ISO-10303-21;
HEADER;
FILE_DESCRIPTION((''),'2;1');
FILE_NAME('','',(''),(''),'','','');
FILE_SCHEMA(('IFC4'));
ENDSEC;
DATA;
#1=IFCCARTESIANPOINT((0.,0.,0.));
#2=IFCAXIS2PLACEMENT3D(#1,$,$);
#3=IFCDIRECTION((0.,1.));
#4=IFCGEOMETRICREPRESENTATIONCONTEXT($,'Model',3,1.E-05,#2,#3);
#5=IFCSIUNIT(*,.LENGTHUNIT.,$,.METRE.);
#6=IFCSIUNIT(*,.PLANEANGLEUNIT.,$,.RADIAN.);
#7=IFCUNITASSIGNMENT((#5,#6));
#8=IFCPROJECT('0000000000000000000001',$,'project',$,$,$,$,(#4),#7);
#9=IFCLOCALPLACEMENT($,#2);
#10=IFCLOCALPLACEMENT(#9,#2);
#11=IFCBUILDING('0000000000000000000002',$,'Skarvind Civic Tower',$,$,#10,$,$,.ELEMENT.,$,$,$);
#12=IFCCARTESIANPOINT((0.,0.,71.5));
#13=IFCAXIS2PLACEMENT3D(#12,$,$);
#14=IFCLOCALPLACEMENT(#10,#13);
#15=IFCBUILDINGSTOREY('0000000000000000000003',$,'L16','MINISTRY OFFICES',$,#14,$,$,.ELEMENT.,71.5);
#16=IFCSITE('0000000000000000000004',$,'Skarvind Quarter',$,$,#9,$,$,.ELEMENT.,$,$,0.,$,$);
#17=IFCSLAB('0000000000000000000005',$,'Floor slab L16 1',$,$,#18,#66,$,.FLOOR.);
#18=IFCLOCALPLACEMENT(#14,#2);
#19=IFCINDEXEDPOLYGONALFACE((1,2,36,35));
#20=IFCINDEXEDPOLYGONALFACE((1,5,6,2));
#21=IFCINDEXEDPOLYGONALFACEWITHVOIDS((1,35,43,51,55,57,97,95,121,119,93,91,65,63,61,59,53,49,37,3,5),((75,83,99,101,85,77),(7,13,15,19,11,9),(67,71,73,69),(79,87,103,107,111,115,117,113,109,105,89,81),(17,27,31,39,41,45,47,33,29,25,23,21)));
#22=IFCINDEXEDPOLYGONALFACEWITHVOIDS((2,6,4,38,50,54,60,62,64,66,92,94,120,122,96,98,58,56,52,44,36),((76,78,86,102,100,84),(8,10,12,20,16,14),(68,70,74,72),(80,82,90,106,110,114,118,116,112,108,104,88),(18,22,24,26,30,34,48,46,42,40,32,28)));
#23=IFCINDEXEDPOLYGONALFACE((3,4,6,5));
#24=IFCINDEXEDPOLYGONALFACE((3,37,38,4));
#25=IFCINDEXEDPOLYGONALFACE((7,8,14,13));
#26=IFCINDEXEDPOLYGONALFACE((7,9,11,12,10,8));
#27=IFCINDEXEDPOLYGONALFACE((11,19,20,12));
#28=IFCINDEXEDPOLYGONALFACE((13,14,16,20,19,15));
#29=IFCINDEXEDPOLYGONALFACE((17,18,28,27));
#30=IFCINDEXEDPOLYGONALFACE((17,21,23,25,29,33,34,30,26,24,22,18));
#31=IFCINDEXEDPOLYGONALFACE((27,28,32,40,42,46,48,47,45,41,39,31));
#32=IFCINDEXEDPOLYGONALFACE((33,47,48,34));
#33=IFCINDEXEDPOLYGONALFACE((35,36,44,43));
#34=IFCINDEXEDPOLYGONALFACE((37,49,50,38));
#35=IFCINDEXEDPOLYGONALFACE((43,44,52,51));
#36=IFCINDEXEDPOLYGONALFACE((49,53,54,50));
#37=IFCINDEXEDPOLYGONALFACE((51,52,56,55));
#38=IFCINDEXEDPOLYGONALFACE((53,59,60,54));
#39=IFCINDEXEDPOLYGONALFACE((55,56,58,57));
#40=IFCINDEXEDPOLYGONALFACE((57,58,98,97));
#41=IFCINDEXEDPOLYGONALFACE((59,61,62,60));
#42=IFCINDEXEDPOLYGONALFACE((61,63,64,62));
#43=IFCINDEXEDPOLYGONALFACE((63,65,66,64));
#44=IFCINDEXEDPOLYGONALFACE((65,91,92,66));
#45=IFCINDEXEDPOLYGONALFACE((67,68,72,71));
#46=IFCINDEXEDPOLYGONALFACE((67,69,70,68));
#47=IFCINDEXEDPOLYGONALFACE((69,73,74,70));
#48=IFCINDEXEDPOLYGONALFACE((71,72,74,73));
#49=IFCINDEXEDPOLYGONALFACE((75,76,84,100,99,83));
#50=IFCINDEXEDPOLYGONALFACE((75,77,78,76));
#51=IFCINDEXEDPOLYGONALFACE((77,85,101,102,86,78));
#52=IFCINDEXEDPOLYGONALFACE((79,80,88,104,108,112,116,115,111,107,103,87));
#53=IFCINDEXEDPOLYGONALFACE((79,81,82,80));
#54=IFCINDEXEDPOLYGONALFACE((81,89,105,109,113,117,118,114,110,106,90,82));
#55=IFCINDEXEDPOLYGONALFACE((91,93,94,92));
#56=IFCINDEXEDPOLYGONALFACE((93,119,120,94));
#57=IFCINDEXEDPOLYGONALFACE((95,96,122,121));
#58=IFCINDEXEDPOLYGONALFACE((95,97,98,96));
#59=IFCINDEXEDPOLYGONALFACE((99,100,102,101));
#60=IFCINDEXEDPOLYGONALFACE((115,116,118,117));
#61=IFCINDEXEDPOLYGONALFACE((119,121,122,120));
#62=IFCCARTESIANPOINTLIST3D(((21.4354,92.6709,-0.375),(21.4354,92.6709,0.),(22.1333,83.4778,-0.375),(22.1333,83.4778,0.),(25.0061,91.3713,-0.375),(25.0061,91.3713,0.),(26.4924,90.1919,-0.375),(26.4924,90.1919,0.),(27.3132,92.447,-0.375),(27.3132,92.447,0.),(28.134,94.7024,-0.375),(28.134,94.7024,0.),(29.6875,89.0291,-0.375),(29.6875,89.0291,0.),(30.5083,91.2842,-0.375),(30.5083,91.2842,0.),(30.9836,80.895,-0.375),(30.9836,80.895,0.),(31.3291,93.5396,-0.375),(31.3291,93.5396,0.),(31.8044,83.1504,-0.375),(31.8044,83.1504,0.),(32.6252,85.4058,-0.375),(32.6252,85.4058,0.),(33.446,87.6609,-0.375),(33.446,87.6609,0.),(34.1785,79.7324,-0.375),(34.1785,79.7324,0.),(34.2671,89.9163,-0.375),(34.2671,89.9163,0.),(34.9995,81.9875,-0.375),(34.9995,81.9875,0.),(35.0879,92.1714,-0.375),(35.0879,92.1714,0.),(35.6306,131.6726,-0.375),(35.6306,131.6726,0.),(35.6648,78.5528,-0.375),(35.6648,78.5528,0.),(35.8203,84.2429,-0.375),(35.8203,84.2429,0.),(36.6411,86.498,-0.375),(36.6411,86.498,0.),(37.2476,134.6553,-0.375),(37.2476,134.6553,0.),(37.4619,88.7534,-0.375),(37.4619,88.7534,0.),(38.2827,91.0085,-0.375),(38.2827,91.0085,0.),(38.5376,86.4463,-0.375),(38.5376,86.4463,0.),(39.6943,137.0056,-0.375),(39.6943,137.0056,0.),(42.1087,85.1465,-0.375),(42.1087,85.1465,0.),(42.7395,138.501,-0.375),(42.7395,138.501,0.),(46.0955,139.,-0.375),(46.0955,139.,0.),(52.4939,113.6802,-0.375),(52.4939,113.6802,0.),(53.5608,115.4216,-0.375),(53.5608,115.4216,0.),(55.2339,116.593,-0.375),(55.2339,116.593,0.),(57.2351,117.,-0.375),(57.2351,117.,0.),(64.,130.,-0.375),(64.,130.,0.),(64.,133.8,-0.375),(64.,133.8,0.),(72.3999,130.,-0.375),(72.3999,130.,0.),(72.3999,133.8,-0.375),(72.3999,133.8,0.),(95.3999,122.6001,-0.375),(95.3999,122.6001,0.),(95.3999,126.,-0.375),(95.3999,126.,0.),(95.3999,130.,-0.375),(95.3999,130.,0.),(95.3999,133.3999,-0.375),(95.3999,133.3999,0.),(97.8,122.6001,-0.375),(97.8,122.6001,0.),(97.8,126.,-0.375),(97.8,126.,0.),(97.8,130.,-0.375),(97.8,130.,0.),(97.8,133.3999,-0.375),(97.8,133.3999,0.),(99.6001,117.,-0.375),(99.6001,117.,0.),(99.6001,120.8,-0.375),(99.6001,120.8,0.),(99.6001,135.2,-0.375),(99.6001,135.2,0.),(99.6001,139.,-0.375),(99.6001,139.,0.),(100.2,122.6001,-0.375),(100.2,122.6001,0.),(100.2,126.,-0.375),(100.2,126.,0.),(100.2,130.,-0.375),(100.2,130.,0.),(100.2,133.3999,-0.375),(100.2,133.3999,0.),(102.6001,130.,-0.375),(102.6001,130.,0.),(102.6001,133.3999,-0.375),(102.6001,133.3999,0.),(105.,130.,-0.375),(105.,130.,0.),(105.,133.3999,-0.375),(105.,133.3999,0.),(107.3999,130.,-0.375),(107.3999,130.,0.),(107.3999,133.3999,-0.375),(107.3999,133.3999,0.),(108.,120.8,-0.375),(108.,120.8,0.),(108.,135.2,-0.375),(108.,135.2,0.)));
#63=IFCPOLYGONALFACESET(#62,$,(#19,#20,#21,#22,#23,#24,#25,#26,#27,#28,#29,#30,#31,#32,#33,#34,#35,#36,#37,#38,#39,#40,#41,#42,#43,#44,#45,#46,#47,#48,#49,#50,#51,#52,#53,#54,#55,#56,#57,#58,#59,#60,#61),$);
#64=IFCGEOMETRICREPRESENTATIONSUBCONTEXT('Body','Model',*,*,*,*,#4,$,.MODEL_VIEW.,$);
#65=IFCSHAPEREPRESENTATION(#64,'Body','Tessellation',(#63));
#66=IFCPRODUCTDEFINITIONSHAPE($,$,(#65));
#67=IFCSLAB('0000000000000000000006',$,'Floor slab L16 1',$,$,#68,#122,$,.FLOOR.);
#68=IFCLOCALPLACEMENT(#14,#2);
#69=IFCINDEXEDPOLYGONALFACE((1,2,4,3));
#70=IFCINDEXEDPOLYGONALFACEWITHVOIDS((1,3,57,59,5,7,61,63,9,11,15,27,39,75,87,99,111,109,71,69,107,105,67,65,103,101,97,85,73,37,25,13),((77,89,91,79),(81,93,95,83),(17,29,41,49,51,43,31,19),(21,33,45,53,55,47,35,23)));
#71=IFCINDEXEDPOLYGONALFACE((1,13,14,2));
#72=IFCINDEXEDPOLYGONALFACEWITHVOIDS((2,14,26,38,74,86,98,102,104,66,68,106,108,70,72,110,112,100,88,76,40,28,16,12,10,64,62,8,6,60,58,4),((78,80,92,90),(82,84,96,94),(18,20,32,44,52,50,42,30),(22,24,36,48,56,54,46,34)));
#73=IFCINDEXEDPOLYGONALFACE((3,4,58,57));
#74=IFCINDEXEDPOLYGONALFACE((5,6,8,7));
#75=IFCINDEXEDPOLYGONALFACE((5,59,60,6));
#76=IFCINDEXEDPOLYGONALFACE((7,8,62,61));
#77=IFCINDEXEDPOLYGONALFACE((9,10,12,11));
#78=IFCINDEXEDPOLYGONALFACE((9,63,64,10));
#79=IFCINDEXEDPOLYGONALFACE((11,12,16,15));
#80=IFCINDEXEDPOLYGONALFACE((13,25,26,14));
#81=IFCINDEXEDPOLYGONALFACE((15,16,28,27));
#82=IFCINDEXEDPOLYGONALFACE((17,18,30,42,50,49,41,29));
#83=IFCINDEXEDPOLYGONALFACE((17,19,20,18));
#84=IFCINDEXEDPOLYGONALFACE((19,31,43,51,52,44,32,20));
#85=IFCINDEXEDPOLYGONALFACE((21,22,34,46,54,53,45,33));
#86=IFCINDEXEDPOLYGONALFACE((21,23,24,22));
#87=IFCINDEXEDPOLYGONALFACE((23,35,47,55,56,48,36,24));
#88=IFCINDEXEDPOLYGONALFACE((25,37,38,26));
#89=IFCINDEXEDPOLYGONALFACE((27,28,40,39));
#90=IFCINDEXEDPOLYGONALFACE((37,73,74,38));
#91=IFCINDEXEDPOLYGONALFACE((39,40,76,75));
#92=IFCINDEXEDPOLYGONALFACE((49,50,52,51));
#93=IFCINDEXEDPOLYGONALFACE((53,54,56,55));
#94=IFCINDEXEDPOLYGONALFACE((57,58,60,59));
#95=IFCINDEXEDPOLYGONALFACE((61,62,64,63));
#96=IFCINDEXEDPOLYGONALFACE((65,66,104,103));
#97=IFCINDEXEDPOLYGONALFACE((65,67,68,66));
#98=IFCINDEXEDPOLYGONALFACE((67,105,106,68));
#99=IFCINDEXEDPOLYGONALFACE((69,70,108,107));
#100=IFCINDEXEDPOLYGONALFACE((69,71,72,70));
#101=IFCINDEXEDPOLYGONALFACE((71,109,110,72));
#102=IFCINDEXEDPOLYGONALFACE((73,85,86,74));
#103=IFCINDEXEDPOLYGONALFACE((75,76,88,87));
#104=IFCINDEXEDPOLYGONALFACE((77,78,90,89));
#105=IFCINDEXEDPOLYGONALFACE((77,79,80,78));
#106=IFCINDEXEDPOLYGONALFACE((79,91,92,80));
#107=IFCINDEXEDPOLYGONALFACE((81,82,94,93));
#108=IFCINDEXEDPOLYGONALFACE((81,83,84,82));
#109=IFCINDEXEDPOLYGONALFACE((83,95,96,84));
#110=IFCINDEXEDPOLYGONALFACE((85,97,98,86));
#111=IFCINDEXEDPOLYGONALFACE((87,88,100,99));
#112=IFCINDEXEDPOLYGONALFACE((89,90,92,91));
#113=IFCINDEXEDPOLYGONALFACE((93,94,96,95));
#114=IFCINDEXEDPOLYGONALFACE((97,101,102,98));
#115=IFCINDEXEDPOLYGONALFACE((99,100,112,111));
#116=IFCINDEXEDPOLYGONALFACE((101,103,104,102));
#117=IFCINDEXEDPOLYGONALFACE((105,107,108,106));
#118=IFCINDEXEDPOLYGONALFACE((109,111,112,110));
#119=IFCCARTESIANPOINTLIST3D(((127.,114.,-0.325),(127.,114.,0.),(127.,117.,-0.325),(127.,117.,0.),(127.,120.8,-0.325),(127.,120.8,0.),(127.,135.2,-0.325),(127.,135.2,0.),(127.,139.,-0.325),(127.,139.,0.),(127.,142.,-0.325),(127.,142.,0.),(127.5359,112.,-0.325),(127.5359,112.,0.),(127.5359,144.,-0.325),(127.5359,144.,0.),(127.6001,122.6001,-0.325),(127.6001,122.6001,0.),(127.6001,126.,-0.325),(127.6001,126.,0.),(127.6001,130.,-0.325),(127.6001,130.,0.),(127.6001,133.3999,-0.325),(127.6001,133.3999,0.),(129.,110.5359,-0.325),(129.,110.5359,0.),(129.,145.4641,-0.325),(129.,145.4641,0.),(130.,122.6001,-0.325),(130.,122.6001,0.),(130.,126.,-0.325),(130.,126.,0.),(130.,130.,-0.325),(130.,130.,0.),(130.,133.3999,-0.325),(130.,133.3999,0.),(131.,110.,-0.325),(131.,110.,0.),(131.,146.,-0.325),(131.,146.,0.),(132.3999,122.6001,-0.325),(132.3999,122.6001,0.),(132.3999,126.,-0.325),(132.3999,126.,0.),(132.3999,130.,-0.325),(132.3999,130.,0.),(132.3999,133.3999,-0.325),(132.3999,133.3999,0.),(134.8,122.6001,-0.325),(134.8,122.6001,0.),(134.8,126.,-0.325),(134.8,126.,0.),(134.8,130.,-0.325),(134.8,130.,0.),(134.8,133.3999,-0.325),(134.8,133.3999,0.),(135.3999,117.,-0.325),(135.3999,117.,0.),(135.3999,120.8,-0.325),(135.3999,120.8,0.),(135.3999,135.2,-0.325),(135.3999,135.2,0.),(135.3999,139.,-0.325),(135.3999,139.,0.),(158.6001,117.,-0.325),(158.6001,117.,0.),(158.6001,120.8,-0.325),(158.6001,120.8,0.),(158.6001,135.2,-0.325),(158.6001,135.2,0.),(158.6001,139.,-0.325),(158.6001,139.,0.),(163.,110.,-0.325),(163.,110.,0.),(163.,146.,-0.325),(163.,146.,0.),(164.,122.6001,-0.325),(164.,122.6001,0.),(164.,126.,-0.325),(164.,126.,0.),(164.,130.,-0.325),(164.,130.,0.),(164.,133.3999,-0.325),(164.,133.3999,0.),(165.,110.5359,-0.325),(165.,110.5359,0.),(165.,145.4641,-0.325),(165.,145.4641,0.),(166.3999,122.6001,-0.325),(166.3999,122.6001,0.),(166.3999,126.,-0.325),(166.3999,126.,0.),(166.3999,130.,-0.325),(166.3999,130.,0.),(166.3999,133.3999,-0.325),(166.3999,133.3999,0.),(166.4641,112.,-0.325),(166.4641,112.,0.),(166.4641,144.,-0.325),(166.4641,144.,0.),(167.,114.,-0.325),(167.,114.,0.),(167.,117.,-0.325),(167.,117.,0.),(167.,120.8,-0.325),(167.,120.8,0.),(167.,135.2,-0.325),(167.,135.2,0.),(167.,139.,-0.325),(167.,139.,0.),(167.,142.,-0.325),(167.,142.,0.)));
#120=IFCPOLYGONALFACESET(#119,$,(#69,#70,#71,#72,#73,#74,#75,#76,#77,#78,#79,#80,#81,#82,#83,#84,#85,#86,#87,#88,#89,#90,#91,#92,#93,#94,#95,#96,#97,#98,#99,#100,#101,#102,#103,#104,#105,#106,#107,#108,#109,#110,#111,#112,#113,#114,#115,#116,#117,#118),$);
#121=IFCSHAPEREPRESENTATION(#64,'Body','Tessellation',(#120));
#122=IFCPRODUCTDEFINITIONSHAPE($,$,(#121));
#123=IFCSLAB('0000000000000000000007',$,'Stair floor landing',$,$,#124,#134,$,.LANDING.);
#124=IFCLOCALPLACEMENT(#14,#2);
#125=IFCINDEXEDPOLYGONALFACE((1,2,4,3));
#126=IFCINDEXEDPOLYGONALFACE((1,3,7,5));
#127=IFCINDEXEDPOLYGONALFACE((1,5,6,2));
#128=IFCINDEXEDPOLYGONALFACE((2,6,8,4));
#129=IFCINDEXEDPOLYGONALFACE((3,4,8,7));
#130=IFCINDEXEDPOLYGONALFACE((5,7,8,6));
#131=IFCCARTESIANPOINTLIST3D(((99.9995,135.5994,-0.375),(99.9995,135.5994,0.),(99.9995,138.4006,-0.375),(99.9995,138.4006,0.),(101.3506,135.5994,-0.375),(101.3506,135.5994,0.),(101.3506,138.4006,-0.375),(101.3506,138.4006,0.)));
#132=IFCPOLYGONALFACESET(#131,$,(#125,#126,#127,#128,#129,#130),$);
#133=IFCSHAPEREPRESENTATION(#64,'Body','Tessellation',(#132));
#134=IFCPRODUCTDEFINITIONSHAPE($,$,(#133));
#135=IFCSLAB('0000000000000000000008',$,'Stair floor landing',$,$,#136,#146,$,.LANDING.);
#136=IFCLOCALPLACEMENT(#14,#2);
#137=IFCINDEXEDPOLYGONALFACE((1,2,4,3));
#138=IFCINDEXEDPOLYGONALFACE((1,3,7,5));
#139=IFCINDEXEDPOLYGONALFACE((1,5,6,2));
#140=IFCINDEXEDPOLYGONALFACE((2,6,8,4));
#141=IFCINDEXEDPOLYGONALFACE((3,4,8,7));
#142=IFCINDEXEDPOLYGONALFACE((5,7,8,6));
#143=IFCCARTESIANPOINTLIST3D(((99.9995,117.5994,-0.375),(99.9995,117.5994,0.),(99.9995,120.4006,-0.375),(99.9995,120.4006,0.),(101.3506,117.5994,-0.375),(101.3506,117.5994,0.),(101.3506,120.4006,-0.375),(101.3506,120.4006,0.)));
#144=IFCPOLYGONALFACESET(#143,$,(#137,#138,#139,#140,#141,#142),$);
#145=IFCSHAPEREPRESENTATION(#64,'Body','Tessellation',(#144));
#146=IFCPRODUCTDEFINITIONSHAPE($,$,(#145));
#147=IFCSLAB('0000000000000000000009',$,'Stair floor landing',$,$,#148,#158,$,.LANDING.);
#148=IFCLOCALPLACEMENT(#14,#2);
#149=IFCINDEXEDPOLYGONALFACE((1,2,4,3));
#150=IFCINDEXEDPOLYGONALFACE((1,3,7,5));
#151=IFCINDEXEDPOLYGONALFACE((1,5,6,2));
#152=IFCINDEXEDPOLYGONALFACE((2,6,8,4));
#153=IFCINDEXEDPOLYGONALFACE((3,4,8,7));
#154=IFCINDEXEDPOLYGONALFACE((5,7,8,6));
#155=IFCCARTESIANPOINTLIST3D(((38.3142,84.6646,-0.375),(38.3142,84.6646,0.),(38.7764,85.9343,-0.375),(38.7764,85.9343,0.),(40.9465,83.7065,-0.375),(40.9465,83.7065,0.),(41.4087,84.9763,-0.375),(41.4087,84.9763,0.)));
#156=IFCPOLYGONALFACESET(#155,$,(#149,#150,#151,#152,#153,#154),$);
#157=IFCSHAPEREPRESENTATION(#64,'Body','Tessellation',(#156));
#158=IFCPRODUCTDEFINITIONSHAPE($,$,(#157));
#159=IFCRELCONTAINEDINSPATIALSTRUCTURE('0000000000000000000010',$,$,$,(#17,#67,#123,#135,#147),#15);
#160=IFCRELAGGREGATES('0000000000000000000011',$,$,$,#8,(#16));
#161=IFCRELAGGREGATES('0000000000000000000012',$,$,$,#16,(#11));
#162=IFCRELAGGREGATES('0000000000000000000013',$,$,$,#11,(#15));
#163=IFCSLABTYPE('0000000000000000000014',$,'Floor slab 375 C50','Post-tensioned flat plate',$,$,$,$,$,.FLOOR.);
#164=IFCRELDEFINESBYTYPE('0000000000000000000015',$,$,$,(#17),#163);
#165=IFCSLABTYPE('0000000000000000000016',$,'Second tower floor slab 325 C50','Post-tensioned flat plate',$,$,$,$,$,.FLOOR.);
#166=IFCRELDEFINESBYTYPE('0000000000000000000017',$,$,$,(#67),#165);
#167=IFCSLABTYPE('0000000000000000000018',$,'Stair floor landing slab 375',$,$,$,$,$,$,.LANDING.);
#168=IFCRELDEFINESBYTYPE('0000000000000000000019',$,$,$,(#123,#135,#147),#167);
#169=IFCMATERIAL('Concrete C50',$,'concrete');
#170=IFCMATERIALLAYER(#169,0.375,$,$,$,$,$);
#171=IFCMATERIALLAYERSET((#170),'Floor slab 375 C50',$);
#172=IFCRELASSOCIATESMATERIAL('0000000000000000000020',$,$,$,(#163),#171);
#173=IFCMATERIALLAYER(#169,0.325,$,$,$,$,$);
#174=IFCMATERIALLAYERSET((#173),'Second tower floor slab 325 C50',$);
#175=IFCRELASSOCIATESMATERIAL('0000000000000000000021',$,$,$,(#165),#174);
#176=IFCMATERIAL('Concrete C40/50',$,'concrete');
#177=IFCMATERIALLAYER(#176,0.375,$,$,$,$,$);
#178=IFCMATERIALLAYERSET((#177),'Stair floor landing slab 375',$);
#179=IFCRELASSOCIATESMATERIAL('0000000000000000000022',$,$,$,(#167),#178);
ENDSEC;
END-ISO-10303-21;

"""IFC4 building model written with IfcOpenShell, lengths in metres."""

from ifc_helpers import new_model, si_unit, direction, frame, origin, place, context, subcontext, project, spatial, polyline, outline, extrude, material, layer, layer_set, type_object, element, save


model = new_model("IFC4")

# Units and contexts
model_context = context("Model", 3, precision=1e-05, world=origin(), true_north=direction((0.0, 1.0)))
body_context = subcontext(model_context, "Body", "Model", "MODEL_VIEW")
ifc_project = project(units=[si_unit("LENGTHUNIT", "METRE"), si_unit("PLANEANGLEUNIT", "RADIAN")], contexts=[model_context])

# Site, building, storey
site_placement = place(None, origin())
site = spatial("IfcSite", under=ifc_project, at=site_placement, Name="Skarvind Quarter", CompositionType="ELEMENT", RefElevation=0.0)
building_placement = place(site_placement, origin())
building = spatial("IfcBuilding", under=site, at=building_placement, Name="Skarvind Civic Tower", CompositionType="ELEMENT")
storey_placement = place(building_placement, frame((0.0, 0.0, 71.5)))
storey = spatial("IfcBuildingStorey", under=building, at=storey_placement, Name="L16", Description="MINISTRY OFFICES", CompositionType="ELEMENT", Elevation=71.5)

# Slabs
ifc_material_1 = material(Name="Concrete C50", Category="concrete")
ifc_layer_1 = layer(ifc_material_1, 0.375)
ifc_layer_set_1 = layer_set([ifc_layer_1], Name="Floor slab 375 C50")
slab_type_1 = type_object("IfcSlabType", Name="Floor slab 375 C50", Description="Post-tensioned flat plate", PredefinedType="FLOOR", material=ifc_layer_set_1)
slab_1_placement = place(storey_placement, frame((0.0, 0.0, -0.375)))
element("IfcSlab", 1, at=slab_1_placement, inside=storey, type_object=slab_type_1, Name="Floor slab L16 1", PredefinedType="FLOOR", context=body_context, shape_type="SweptSolid", body=[
    extrude(outline(polyline([(99.6001, 117.0), (99.6001, 120.8), (108.0, 120.8), (108.0, 135.2), (99.6001, 135.2), (99.6001, 139.0), (46.0955, 139.0), (42.7395, 138.501), (39.6943, 137.0056), (37.2476, 134.6553), (35.6306, 131.6726), (19.4175, 87.1267), (21.4353, 92.6709), (25.0061, 91.3713), (22.1333, 83.4778), (36.8865, 78.1082), (35.6648, 78.5527), (38.5376, 86.4463), (42.1086, 85.1465), (40.0908, 79.6023), (40.0908, 79.6023), (52.4939, 113.6802), (53.5608, 115.4216), (55.2339, 116.593), (57.2351, 117.0), (99.6001, 117.0)]), holes=[polyline([(32.6252, 85.4058), (33.446, 87.6609), (34.2671, 89.9163), (35.0879, 92.1714), (38.2827, 91.0085), (37.4619, 88.7534), (36.6411, 86.498), (35.8203, 84.2429), (35.8203, 84.2429), (34.9995, 81.9875), (34.1785, 79.7324), (30.9836, 80.895), (31.8044, 83.1504), (32.6252, 85.4058), (32.6252, 85.4058)]), polyline([(31.3291, 93.5396), (30.5083, 91.2842), (29.6875, 89.0291), (26.4924, 90.1919), (27.3132, 92.447), (28.134, 94.7024), (31.3291, 93.5396)]), polyline([(64.0, 130.0), (64.0, 133.8), (72.3999, 133.8), (72.3999, 130.0), (64.0, 130.0)]), polyline([(100.2, 126.0), (100.2, 122.6001), (97.8, 122.6001), (95.3999, 122.6001), (95.3999, 126.0), (97.8, 126.0), (100.2, 126.0)]), polyline([(100.2, 133.3999), (102.6001, 133.3999), (105.0, 133.3999), (107.3999, 133.3999), (107.3999, 130.0), (105.0, 130.0), (102.6001, 130.0), (100.2, 130.0), (97.8, 130.0), (95.3999, 130.0), (95.3999, 133.3999), (97.8, 133.3999), (100.2, 133.3999)])]), origin(), (0.0, 0.0, 1.0), 0.375),
])
ifc_layer_2 = layer(ifc_material_1, 0.325)
ifc_layer_set_2 = layer_set([ifc_layer_2], Name="Second tower floor slab 325 C50")
slab_type_2 = type_object("IfcSlabType", Name="Second tower floor slab 325 C50", Description="Post-tensioned flat plate", PredefinedType="FLOOR", material=ifc_layer_set_2)
slab_2_placement = place(storey_placement, frame((0.0, 0.0, -0.325)))
element("IfcSlab", 2, at=slab_2_placement, inside=storey, type_object=slab_type_2, Name="Floor slab L16 1", PredefinedType="FLOOR", context=body_context, shape_type="SweptSolid", body=[
    extrude(outline(polyline([(127.0, 139.0), (135.3999, 139.0), (135.3999, 135.2), (127.0, 135.2), (127.0, 120.8), (135.3999, 120.8), (135.3999, 117.0), (127.0, 117.0), (127.0, 114.0), (127.5359, 112.0), (129.0, 110.5359), (131.0, 110.0), (163.0, 110.0), (165.0, 110.5359), (166.4641, 112.0), (167.0, 114.0), (167.0, 117.0), (158.6001, 117.0), (158.6001, 120.8), (167.0, 120.8), (167.0, 135.2), (158.6001, 135.2), (158.6001, 139.0), (167.0, 139.0), (167.0, 142.0), (166.4641, 144.0), (165.0, 145.4641), (163.0, 146.0), (131.0, 146.0), (129.0, 145.4641), (127.5359, 144.0), (127.0, 142.0), (127.0, 139.0)]), holes=[polyline([(132.3999, 126.0), (134.8, 126.0), (134.8, 122.6001), (132.3999, 122.6001), (130.0, 122.6001), (127.6001, 122.6001), (127.6001, 126.0), (130.0, 126.0), (132.3999, 126.0)]), polyline([(130.0, 133.3999), (132.3999, 133.3999), (134.8, 133.3999), (134.8, 130.0), (132.3999, 130.0), (130.0, 130.0), (127.6001, 130.0), (127.6001, 133.3999), (130.0, 133.3999)]), polyline([(166.3999, 126.0), (166.3999, 122.6001), (164.0, 122.6001), (164.0, 126.0), (166.3999, 126.0)]), polyline([(166.3999, 133.3999), (166.3999, 130.0), (164.0, 130.0), (164.0, 133.3999), (166.3999, 133.3999)])]), origin(), (0.0, 0.0, 1.0), 0.325),
])
ifc_material_2 = material(Name="Concrete C40/50", Category="concrete")
ifc_layer_3 = layer(ifc_material_2, 0.375)
ifc_layer_set_3 = layer_set([ifc_layer_3], Name="Stair floor landing slab 375")
slab_type_3 = type_object("IfcSlabType", Name="Stair floor landing slab 375", PredefinedType="LANDING", material=ifc_layer_set_3)
slab_3_placement = place(storey_placement, frame((0.0, 0.0, -0.375)))
element("IfcSlab", 3, at=slab_3_placement, inside=storey, type_object=slab_type_3, Name="Stair floor landing", PredefinedType="LANDING", context=body_context, shape_type="SweptSolid", body=[
    extrude(outline(polyline([(101.3506, 138.4006), (101.3506, 135.5994), (99.9995, 135.5994), (99.9995, 138.4006), (101.3506, 138.4006)])), origin(), (0.0, 0.0, 1.0), 0.375),
])
slab_4_placement = place(storey_placement, frame((0.0, 0.0, -0.375)))
element("IfcSlab", 4, at=slab_4_placement, inside=storey, type_object=slab_type_3, Name="Stair floor landing", PredefinedType="LANDING", context=body_context, shape_type="SweptSolid", body=[
    extrude(outline(polyline([(101.3506, 120.4006), (101.3506, 117.5994), (99.9995, 117.5994), (99.9995, 120.4006), (101.3506, 120.4006)])), origin(), (0.0, 0.0, 1.0), 0.375),
])
slab_5_placement = place(storey_placement, frame((0.0, 0.0, -0.375)))
element("IfcSlab", 5, at=slab_5_placement, inside=storey, type_object=slab_type_3, Name="Stair floor landing", PredefinedType="LANDING", context=body_context, shape_type="SweptSolid", body=[
    extrude(outline(polyline([(40.9465, 83.7065), (38.3142, 84.6646), (38.7764, 85.9343), (41.4087, 84.9763), (40.9465, 83.7065)])), origin(), (0.0, 0.0, 1.0), 0.375),
])

save(model, "model.ifc")
